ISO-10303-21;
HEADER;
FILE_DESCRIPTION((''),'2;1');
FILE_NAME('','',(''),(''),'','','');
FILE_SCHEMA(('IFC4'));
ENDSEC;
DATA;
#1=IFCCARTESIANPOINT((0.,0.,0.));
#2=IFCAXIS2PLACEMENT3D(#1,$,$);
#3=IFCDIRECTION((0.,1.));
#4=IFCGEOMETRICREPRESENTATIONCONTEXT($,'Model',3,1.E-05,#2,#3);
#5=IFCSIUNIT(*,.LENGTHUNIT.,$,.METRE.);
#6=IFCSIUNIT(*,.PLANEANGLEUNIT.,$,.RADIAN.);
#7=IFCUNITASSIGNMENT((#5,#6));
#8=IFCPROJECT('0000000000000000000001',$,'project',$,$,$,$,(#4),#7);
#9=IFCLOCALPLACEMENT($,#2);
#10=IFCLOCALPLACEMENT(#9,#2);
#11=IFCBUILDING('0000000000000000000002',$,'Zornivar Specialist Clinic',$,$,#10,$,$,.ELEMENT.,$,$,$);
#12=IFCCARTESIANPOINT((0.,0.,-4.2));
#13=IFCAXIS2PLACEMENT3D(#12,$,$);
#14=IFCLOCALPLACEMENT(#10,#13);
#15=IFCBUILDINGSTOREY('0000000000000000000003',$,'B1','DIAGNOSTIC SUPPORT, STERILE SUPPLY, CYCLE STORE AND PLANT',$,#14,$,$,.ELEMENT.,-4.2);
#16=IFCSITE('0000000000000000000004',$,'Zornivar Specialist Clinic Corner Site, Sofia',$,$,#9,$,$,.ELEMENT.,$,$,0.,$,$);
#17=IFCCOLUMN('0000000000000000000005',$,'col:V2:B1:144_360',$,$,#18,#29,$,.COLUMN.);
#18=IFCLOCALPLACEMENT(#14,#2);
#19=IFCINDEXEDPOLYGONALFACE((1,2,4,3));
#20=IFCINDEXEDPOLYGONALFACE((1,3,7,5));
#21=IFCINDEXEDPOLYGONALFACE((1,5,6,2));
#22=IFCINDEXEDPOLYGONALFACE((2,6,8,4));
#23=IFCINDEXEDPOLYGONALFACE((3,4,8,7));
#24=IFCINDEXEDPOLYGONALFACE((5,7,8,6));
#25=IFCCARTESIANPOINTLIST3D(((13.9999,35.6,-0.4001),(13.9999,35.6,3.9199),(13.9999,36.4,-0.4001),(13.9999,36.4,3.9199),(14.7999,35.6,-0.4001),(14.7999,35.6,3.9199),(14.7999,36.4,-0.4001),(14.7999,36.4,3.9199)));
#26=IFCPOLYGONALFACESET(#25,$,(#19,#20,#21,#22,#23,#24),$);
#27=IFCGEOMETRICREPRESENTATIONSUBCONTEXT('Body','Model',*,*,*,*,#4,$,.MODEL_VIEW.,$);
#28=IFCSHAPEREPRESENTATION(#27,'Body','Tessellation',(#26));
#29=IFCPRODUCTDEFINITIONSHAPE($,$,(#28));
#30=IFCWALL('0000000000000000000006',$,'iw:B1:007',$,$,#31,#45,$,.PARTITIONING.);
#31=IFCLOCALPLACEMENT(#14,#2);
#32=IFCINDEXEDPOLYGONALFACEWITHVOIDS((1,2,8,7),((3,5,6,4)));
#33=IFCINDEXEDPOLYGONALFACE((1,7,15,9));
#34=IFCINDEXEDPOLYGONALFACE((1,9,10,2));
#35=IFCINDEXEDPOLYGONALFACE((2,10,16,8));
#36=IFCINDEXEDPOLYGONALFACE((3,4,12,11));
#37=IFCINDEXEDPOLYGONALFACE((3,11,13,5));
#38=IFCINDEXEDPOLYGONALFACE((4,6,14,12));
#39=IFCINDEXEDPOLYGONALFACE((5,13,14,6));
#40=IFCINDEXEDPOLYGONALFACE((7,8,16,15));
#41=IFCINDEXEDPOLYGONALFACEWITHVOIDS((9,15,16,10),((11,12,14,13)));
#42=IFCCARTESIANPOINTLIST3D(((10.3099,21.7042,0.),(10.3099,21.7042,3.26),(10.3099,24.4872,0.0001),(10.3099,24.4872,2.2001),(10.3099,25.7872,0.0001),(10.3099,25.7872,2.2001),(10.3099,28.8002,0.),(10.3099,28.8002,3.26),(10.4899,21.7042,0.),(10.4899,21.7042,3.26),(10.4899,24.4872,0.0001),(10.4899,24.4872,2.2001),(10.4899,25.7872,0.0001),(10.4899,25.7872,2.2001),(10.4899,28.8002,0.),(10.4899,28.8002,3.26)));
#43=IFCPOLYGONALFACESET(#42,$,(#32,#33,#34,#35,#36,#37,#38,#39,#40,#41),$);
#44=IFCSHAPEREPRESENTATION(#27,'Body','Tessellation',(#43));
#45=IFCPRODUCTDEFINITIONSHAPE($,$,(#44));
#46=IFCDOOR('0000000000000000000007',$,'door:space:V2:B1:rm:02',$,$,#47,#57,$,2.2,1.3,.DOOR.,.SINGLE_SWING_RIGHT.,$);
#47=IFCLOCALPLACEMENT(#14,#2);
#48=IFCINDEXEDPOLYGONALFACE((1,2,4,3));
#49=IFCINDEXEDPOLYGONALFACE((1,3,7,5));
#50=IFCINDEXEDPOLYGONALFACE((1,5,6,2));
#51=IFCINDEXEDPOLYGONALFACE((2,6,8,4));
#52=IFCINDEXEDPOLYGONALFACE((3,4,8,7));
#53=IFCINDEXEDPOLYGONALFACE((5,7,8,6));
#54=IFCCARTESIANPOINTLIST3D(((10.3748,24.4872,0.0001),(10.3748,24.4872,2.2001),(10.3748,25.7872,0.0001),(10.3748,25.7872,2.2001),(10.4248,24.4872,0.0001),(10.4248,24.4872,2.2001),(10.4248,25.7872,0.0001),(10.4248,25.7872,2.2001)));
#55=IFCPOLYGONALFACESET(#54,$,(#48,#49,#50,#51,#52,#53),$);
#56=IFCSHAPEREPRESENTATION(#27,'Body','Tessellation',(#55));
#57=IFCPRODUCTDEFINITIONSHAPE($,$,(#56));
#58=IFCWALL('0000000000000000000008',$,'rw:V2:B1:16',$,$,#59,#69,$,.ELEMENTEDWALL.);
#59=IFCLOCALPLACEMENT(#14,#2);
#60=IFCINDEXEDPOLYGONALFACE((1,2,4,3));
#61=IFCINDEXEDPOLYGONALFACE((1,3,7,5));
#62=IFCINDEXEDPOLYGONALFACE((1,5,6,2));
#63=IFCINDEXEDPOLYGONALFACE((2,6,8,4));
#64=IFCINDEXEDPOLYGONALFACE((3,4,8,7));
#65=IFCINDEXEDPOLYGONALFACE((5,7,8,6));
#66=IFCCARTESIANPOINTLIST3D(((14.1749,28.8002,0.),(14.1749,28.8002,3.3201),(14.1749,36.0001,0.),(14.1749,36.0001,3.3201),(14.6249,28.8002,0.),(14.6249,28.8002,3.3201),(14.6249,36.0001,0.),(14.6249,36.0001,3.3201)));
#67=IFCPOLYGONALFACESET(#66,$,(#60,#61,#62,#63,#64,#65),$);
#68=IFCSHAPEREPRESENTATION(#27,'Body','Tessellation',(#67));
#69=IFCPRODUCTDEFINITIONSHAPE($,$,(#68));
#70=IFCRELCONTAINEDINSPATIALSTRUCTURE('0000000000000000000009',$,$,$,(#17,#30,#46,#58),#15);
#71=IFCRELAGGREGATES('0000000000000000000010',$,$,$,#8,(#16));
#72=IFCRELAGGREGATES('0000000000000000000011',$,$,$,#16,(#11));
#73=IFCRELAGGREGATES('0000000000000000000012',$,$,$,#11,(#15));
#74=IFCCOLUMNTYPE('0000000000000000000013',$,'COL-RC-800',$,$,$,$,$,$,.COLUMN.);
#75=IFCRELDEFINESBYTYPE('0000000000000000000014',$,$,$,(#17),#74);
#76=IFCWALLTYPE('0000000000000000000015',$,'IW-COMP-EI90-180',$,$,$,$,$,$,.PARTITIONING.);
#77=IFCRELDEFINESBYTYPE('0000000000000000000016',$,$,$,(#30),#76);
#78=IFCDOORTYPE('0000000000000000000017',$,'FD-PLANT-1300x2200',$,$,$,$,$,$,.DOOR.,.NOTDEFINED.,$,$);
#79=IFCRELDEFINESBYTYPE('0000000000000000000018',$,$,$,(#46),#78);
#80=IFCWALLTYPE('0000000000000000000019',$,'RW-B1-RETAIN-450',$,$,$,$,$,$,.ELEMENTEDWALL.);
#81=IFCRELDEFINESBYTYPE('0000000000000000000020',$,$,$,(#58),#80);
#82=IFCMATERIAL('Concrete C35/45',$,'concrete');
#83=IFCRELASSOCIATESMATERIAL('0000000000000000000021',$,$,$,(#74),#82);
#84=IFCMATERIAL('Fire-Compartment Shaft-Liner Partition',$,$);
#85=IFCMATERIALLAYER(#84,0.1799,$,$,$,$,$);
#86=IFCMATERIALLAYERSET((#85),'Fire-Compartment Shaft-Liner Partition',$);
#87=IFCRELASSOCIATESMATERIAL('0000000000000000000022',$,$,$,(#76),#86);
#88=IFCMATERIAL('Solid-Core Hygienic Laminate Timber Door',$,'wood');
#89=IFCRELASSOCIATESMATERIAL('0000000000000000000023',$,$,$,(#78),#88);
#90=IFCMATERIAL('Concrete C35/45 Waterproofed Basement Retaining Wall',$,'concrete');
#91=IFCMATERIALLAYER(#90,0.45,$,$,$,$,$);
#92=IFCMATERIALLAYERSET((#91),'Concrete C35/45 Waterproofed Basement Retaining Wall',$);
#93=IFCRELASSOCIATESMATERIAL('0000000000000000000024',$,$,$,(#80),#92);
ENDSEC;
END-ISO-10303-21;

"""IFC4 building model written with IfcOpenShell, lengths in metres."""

from ifc_helpers import new_model, si_unit, direction, frame, frame_2d, origin, origin_2d, place, context, subcontext, project, spatial, rectangle, extrude, material, layer, layer_set, material_profile, profile_set, type_object, element, fill, save


model = new_model("IFC4")

# Units and contexts
model_context = context("Model", 3, precision=1e-05, world=origin(), true_north=direction((0.0, 1.0)))
body_context = subcontext(model_context, "Body", "Model", "MODEL_VIEW")
ifc_project = project(units=[si_unit("LENGTHUNIT", "METRE"), si_unit("PLANEANGLEUNIT", "RADIAN")], contexts=[model_context])

# Site, building, storey
site_placement = place(None, origin())
site = spatial("IfcSite", under=ifc_project, at=site_placement, Name="Zornivar Specialist Clinic Corner Site, Sofia", CompositionType="ELEMENT", RefElevation=0.0)
building_placement = place(site_placement, origin())
building = spatial("IfcBuilding", under=site, at=building_placement, Name="Zornivar Specialist Clinic", CompositionType="ELEMENT")
storey_placement = place(building_placement, frame((0.0, 0.0, -4.2)))
storey = spatial("IfcBuildingStorey", under=building, at=storey_placement, Name="B1", Description="DIAGNOSTIC SUPPORT, STERILE SUPPLY, CYCLE STORE AND PLANT", CompositionType="ELEMENT", Elevation=-4.2)

# Column
ifc_material_1 = material(Name="Concrete C35/45", Category="concrete")
ifc_material_profile_1 = material_profile(ifc_material_1, rectangle(XDim=0.8, YDim=0.8, at=origin_2d()), Name="RC 800x800")
ifc_profile_set_1 = profile_set([ifc_material_profile_1], Name="Concrete C35/45")
column_type = type_object("IfcColumnType", Name="COL-RC-800", PredefinedType="COLUMN", material=ifc_profile_set_1)
for number, where, z_axis, x_axis, name in (
    (1, (14.3999, 36.0, -0.4001), (0.0, 0.0, 1.0), (1.0, 0.0, 0.0), "col:V2:B1:144_360"),
):
    element("IfcColumn", number, at=place(storey_placement, frame(where, z_axis=z_axis, x_axis=x_axis)), inside=storey, type_object=column_type, Name=name, PredefinedType="COLUMN", context=body_context, shape_type="SweptSolid", body=[
        extrude(rectangle(XDim=0.8, YDim=0.8, at=origin_2d()), origin(), (0.0, 0.0, 1.0), 4.3201),
    ])

# Wall, opening, door
ifc_material_2 = material(Name="Fire-Compartment Shaft-Liner Partition")
ifc_layer_1 = layer(ifc_material_2, 0.1799)
ifc_layer_set_1 = layer_set([ifc_layer_1], Name="Fire-Compartment Shaft-Liner Partition")
wall_type_1 = type_object("IfcWallType", Name="IW-COMP-EI90-180", PredefinedType="PARTITIONING", material=ifc_layer_set_1)
wall_1_placement = place(storey_placement, frame((10.3999, 28.8, 0.0), z_axis=(0.0, 0.0, 1.0), x_axis=(0.0, -1.0, 0.0)))
wall_1 = element("IfcWall", 2, at=wall_1_placement, inside=storey, type_object=wall_type_1, Name="iw:B1:007", PredefinedType="PARTITIONING", context=body_context, shape_type="SweptSolid", body=[
    extrude(rectangle(XDim=7.0959, YDim=0.1799, at=frame_2d((3.5479, 0.0))), origin(), (0.0, 0.0, 1.0), 3.26),
])
opening_placement = place(wall_1_placement, frame((3.0129, 0.0, 0.0)))
opening = element("IfcOpeningElement", 3, at=opening_placement, cuts=wall_1, PredefinedType="OPENING", context=body_context, shape_type="SweptSolid", body=[
    extrude(rectangle(XDim=1.3, YDim=2.2, at=frame_2d((0.6499, 1.1001))), frame((0.0, 0.0999, 0.0), z_axis=(0.0, -1.0, 0.0), x_axis=(1.0, 0.0, 0.0)), (0.0, 0.0, 1.0), 0.2),
])
ifc_material_3 = material(Name="Solid-Core Hygienic Laminate Timber Door", Category="wood")
door_type = type_object("IfcDoorType", Name="FD-PLANT-1300x2200", OperationType="NOTDEFINED", PredefinedType="DOOR", material=ifc_material_3)
door_placement = place(opening_placement, origin())
door = element("IfcDoor", 4, at=door_placement, inside=storey, type_object=door_type, Name="door:space:V2:B1:rm:02", OperationType="SINGLE_SWING_RIGHT", OverallHeight=2.2, OverallWidth=1.3, PredefinedType="DOOR", context=body_context, shape_type="SweptSolid", body=[
    extrude(rectangle(XDim=1.3, YDim=2.2, at=frame_2d((0.6499, 1.1001))), frame((0.0, 0.0249, 0.0), z_axis=(0.0, -1.0, 0.0), x_axis=(1.0, 0.0, 0.0)), (0.0, 0.0, 1.0), 0.05),
])
fill(opening, door)

# Wall
ifc_material_4 = material(Name="Concrete C35/45 Waterproofed Basement Retaining Wall", Category="concrete")
ifc_layer_2 = layer(ifc_material_4, 0.45)
ifc_layer_set_2 = layer_set([ifc_layer_2], Name="Concrete C35/45 Waterproofed Basement Retaining Wall")
wall_type_2 = type_object("IfcWallType", Name="RW-B1-RETAIN-450", PredefinedType="ELEMENTEDWALL", material=ifc_layer_set_2)
wall_2_placement = place(storey_placement, frame((14.3999, 28.8, 0.0), z_axis=(0.0, 0.0, 1.0), x_axis=(0.0, 1.0, 0.0)))
element("IfcWall", 5, at=wall_2_placement, inside=storey, type_object=wall_type_2, Name="rw:V2:B1:16", PredefinedType="ELEMENTEDWALL", context=body_context, shape_type="SweptSolid", body=[
    extrude(rectangle(XDim=7.2, YDim=0.45, at=frame_2d((3.6001, 0.0))), origin(), (0.0, 0.0, 1.0), 3.3201),
])

save(model, "model.ifc")
